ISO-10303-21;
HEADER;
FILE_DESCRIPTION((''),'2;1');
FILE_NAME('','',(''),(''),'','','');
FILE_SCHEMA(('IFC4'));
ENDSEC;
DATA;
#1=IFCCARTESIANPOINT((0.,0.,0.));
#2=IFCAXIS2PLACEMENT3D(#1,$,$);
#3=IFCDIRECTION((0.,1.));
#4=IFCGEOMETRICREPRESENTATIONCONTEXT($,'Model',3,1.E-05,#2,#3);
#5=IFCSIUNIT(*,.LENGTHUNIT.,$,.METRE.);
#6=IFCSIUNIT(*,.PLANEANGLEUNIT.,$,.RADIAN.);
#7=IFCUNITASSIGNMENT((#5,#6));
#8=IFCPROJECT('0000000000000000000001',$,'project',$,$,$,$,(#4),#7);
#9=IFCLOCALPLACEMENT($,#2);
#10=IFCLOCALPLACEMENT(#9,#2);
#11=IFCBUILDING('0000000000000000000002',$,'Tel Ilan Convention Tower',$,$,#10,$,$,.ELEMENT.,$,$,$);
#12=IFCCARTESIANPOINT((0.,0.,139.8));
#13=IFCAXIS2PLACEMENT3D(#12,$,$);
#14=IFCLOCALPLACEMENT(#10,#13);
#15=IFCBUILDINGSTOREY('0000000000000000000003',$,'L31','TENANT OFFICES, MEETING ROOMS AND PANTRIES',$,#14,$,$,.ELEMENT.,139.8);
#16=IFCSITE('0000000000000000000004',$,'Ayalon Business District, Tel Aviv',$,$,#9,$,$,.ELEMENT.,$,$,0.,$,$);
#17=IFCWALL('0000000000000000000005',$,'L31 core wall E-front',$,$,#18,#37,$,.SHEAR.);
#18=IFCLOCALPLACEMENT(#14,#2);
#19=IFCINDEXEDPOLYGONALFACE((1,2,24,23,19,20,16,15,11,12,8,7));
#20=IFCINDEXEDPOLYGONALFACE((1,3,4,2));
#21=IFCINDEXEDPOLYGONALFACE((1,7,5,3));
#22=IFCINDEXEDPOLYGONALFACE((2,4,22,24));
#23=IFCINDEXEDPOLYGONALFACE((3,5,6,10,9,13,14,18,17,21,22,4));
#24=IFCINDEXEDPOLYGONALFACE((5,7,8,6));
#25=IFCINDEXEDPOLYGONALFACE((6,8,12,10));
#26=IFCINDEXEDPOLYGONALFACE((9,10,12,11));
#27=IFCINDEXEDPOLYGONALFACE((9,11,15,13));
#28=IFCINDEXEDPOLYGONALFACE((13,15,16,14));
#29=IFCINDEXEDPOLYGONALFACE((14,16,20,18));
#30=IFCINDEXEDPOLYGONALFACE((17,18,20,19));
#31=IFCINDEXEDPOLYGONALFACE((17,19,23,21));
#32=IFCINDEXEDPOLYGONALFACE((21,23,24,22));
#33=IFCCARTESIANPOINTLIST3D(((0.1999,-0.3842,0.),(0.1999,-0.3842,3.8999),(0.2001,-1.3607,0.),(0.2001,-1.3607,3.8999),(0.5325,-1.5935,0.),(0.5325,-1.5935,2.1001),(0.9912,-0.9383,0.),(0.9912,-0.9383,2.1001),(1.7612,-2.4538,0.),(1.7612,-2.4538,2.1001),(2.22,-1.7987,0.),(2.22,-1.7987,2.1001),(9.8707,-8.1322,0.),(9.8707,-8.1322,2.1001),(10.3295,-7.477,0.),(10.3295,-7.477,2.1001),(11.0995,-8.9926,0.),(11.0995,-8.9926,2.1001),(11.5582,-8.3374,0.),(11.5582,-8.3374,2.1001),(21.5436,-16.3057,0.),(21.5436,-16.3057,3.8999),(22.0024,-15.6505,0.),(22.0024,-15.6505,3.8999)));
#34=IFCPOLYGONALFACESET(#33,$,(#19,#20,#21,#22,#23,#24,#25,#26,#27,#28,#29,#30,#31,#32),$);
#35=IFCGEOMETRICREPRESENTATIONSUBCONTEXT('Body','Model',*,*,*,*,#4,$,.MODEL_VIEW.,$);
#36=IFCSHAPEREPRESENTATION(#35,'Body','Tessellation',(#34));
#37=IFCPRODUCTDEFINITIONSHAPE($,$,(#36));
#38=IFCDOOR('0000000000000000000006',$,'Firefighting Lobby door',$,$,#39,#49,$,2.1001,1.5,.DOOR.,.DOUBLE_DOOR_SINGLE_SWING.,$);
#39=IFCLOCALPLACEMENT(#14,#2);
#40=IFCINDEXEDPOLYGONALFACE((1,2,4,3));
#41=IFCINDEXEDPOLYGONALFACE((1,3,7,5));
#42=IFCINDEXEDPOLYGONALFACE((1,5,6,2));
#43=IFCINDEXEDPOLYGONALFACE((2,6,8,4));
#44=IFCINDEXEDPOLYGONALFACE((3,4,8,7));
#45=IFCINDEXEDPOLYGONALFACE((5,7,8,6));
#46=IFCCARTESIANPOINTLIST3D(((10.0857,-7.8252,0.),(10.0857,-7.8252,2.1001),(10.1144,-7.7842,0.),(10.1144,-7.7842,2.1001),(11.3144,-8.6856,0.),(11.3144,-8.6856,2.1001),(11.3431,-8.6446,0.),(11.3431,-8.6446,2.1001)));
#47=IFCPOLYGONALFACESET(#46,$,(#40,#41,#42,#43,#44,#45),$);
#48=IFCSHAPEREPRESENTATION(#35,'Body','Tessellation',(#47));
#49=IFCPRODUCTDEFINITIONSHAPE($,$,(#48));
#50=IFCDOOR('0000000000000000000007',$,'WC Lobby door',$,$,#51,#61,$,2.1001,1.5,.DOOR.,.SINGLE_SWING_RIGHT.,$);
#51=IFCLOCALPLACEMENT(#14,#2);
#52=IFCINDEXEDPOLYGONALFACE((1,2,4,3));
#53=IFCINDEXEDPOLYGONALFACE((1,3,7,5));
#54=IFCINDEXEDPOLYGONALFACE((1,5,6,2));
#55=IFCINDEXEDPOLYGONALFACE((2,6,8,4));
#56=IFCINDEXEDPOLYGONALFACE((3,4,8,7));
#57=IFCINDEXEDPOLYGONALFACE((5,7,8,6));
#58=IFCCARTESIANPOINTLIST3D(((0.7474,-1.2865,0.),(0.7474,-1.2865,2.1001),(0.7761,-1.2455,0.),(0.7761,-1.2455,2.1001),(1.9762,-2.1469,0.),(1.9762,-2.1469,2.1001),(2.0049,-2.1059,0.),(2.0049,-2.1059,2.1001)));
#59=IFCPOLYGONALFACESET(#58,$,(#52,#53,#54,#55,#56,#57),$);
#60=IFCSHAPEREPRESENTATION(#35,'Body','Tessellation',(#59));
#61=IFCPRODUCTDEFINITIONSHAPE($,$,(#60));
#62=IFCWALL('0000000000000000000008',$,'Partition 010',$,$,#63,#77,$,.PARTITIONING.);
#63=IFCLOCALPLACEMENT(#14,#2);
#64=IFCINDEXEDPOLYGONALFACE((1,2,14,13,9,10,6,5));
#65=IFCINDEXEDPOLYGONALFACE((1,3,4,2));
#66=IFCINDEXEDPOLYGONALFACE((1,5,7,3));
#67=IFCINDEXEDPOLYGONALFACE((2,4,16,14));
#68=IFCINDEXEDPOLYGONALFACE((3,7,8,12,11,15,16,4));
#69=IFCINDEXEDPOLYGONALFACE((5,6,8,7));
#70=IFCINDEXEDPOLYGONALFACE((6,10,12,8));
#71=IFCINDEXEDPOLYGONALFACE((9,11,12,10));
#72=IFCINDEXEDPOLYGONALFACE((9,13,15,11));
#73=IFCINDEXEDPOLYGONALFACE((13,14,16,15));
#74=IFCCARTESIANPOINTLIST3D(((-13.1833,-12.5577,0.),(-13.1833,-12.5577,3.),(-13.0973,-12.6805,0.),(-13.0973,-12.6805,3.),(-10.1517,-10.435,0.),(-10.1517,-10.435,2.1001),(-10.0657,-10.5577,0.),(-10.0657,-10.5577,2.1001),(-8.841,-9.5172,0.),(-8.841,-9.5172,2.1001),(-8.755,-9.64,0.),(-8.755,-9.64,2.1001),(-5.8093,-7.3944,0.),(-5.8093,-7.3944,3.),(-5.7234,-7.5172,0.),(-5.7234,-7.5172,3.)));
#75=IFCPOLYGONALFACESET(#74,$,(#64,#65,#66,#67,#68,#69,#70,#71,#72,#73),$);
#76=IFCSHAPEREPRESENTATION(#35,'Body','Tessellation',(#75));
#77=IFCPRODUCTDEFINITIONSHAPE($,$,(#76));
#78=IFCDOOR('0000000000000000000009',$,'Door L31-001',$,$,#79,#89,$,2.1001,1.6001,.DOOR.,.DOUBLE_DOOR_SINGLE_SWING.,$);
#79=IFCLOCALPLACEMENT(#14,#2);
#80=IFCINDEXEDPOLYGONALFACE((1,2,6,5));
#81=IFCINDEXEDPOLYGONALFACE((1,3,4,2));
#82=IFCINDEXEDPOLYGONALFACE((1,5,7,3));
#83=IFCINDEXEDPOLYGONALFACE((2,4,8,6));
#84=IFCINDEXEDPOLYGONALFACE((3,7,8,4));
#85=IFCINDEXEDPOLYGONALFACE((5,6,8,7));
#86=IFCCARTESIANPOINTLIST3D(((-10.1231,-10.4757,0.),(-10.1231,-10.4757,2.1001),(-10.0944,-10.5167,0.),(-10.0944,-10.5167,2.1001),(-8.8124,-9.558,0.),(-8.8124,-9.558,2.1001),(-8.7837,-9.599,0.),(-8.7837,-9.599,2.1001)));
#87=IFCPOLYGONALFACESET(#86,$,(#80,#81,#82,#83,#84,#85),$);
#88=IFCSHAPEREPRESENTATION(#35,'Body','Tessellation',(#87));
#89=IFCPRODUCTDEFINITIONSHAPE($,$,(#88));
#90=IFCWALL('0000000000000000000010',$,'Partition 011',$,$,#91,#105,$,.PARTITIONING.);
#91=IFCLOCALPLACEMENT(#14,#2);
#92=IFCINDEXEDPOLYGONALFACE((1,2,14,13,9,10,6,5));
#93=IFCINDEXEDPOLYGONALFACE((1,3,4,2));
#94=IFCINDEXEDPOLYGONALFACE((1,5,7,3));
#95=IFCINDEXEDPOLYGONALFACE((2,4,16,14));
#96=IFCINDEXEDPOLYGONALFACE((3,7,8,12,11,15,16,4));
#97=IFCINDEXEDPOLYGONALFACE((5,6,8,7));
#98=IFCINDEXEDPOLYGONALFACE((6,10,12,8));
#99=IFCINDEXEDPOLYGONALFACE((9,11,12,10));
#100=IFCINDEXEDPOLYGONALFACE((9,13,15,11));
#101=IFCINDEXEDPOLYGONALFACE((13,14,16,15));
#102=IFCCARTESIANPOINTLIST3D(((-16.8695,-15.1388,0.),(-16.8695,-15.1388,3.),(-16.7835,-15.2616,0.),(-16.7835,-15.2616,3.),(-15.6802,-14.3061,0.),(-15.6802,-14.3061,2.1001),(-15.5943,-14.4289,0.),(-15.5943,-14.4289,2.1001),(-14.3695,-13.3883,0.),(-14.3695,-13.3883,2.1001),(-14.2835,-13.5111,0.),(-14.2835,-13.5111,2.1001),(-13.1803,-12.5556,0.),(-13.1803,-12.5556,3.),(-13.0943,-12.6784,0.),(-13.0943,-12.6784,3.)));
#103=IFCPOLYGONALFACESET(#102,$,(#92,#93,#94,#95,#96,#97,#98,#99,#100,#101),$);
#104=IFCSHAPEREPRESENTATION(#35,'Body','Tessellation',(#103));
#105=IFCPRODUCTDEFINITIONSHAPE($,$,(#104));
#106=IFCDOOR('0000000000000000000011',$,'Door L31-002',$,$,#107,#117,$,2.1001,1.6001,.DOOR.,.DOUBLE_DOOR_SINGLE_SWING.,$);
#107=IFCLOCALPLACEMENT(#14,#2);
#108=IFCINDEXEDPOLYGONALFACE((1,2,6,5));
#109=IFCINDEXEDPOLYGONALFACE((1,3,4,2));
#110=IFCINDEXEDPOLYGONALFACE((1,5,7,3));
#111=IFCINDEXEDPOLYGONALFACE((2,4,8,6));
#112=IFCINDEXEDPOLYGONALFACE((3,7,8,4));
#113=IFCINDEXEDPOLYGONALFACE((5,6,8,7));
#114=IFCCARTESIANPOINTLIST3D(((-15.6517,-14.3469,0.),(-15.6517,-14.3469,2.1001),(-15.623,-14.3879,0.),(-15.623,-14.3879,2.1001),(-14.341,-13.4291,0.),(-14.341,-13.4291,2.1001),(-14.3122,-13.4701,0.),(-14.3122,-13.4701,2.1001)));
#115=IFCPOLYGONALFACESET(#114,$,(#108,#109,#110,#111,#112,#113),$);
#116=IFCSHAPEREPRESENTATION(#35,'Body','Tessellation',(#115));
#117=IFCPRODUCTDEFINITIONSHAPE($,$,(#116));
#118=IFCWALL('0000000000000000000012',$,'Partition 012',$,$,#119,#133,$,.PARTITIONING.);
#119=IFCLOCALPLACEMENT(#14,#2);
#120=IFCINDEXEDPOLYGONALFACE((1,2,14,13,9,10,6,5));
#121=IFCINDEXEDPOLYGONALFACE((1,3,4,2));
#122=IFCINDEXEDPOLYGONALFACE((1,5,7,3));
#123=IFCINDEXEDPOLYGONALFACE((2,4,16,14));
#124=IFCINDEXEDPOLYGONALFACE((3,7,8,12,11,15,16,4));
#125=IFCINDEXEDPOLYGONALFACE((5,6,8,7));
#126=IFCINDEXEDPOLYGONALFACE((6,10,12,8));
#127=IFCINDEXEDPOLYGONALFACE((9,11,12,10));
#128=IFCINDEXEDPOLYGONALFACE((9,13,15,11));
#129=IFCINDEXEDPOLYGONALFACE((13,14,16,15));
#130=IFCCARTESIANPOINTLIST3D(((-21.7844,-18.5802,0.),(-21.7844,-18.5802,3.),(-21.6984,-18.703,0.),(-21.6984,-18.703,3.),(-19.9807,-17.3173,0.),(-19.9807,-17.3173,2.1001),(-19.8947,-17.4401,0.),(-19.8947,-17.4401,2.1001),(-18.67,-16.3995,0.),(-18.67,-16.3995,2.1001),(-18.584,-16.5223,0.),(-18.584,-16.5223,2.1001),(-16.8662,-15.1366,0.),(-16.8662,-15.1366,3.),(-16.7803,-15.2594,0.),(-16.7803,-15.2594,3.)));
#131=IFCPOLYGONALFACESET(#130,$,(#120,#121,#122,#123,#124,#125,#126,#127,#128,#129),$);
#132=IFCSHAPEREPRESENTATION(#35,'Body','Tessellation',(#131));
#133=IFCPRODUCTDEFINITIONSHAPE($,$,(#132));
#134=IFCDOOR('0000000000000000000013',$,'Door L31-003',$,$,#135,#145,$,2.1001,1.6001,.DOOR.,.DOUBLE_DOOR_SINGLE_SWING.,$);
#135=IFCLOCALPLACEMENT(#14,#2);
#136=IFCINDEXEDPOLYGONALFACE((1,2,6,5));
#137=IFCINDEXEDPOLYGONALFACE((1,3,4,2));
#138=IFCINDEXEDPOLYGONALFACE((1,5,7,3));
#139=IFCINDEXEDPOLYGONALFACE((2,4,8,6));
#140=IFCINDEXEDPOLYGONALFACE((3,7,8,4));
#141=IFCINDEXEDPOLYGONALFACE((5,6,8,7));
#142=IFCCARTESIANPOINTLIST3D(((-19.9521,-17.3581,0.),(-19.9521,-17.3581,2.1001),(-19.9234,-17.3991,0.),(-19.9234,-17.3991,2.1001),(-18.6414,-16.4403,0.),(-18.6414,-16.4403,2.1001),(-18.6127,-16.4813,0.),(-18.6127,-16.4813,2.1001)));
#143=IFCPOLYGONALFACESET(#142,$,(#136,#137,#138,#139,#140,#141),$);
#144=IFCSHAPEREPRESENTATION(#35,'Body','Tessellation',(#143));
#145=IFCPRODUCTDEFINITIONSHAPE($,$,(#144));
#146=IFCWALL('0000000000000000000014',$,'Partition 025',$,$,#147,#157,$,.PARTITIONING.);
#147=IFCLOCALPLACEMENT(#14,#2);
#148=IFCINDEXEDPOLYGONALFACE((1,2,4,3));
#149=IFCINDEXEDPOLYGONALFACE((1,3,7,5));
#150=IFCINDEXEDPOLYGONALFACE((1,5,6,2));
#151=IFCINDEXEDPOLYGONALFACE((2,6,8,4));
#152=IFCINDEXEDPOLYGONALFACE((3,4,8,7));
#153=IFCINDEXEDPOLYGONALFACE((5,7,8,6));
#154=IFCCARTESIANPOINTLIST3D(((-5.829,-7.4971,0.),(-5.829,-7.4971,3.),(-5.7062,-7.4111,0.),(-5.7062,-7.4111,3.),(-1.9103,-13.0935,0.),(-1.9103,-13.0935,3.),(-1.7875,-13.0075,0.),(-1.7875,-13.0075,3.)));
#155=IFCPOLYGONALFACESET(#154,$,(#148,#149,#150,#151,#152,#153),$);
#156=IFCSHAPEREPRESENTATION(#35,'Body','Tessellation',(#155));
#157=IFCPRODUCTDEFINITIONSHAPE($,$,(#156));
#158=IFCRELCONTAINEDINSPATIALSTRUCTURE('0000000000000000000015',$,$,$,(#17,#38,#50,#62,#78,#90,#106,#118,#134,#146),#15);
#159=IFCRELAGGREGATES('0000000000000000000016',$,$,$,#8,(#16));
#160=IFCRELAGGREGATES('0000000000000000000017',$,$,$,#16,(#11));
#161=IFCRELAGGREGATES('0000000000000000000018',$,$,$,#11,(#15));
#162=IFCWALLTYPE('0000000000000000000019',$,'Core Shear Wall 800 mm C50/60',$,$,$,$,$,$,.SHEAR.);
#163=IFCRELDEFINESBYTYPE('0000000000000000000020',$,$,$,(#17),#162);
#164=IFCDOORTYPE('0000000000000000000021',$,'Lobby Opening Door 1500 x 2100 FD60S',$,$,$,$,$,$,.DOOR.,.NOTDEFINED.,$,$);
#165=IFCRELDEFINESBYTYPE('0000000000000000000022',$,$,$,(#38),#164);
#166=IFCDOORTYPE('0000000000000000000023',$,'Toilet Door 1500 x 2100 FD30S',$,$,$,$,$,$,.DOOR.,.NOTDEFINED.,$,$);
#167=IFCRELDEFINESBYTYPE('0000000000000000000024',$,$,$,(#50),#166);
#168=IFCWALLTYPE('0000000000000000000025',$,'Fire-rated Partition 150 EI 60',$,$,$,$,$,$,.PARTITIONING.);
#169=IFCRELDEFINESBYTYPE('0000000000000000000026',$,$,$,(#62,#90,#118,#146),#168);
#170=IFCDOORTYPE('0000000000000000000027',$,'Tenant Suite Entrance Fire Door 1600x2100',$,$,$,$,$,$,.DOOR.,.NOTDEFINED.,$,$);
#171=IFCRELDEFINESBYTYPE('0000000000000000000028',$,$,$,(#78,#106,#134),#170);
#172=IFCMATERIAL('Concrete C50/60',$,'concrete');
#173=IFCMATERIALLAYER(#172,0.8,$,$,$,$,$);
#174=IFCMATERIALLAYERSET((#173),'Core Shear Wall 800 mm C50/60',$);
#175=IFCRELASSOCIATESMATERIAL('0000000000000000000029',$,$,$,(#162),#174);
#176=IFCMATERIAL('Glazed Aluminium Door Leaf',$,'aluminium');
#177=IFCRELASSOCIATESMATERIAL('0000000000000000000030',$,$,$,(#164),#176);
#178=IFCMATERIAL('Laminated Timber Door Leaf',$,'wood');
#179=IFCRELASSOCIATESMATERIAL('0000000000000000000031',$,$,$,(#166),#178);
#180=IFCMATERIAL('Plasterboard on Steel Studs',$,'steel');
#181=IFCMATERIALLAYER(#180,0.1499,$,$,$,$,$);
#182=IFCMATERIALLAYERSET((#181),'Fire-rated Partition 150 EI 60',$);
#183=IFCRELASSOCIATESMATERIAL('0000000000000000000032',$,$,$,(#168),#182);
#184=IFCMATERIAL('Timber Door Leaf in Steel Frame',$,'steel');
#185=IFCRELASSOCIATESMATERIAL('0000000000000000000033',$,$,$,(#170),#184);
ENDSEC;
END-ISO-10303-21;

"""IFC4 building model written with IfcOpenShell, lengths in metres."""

from ifc_helpers import new_model, si_unit, direction, frame, frame_2d, origin, place, context, subcontext, project, spatial, polyline, rectangle, outline, extrude, material, layer, layer_set, type_object, element, fill, save


model = new_model("IFC4")

# Units and contexts
model_context = context("Model", 3, precision=1e-05, world=origin(), true_north=direction((0.0, 1.0)))
body_context = subcontext(model_context, "Body", "Model", "MODEL_VIEW")
ifc_project = project(units=[si_unit("LENGTHUNIT", "METRE"), si_unit("PLANEANGLEUNIT", "RADIAN")], contexts=[model_context])

# Site, building, storey
site_placement = place(None, origin())
site = spatial("IfcSite", under=ifc_project, at=site_placement, Name="Ayalon Business District, Tel Aviv", CompositionType="ELEMENT", RefElevation=0.0)
building_placement = place(site_placement, origin())
building = spatial("IfcBuilding", under=site, at=building_placement, Name="Tel Ilan Convention Tower", CompositionType="ELEMENT")
storey_placement = place(building_placement, frame((0.0, 0.0, 139.8)))
storey = spatial("IfcBuildingStorey", under=building, at=storey_placement, Name="L31", Description="TENANT OFFICES, MEETING ROOMS AND PANTRIES", CompositionType="ELEMENT", Elevation=139.8)

# Wall, openings, doors
ifc_material_1 = material(Name="Concrete C50/60", Category="concrete")
ifc_layer_1 = layer(ifc_material_1, 0.8)
ifc_layer_set_1 = layer_set([ifc_layer_1], Name="Core Shear Wall 800 mm C50/60")
wall_type_1 = type_object("IfcWallType", Name="Core Shear Wall 800 mm C50/60", PredefinedType="SHEAR", material=ifc_layer_set_1)
wall_1_placement = place(storey_placement, frame((-0.0293, -0.7119, 0.0), z_axis=(0.0, 0.0, 1.0), x_axis=(0.819152, -0.573577, 0.0)))
wall_1 = element("IfcWall", 1, at=wall_1_placement, inside=storey, type_object=wall_type_1, Name="L31 core wall E-front", PredefinedType="SHEAR", context=body_context, shape_type="SweptSolid", body=[
    extrude(outline(polyline([(26.6157, 0.3999), (-0.0002, 0.3999), (0.5601, -0.3999), (26.6157, -0.3999), (26.6157, 0.3999)])), origin(), (0.0, 0.0, 1.0), 3.8999),
])
opening_1_placement = place(wall_1_placement, frame((0.9658, 0.0, 0.0)))
opening_1 = element("IfcOpeningElement", 2, at=opening_1_placement, cuts=wall_1, PredefinedType="OPENING", context=body_context, shape_type="SweptSolid", body=[
    extrude(rectangle(XDim=1.5, YDim=2.1001, at=frame_2d((0.75, 1.05))), frame((0.0, 0.4099, 0.0), z_axis=(0.0, -1.0, 0.0), x_axis=(1.0, 0.0, 0.0)), (0.0, 0.0, 1.0), 0.8201),
])
opening_2_placement = place(wall_1_placement, frame((12.3657, 0.0, 0.0)))
opening_2 = element("IfcOpeningElement", 3, at=opening_2_placement, cuts=wall_1, PredefinedType="OPENING", context=body_context, shape_type="SweptSolid", body=[
    extrude(rectangle(XDim=1.5, YDim=2.1001, at=frame_2d((0.75, 1.05))), frame((0.0, 0.4099, 0.0), z_axis=(0.0, -1.0, 0.0), x_axis=(1.0, 0.0, 0.0)), (0.0, 0.0, 1.0), 0.8201),
])
ifc_material_2 = material(Name="Glazed Aluminium Door Leaf", Category="aluminium")
door_type_1 = type_object("IfcDoorType", Name="Lobby Opening Door 1500 x 2100 FD60S", OperationType="NOTDEFINED", PredefinedType="DOOR", material=ifc_material_2)
door_1_placement = place(opening_2_placement, origin())
door_1 = element("IfcDoor", 4, at=door_1_placement, inside=storey, type_object=door_type_1, Name="Firefighting Lobby door", OperationType="DOUBLE_DOOR_SINGLE_SWING", OverallHeight=2.1001, OverallWidth=1.5, PredefinedType="DOOR", context=body_context, shape_type="SweptSolid", body=[
    extrude(rectangle(XDim=1.5, YDim=2.1001, at=frame_2d((0.75, 1.05))), frame((0.0, 0.0249, 0.0), z_axis=(0.0, -1.0, 0.0), x_axis=(1.0, 0.0, 0.0)), (0.0, 0.0, 1.0), 0.05),
])
fill(opening_2, door_1)
ifc_material_3 = material(Name="Laminated Timber Door Leaf", Category="wood")
door_type_2 = type_object("IfcDoorType", Name="Toilet Door 1500 x 2100 FD30S", OperationType="NOTDEFINED", PredefinedType="DOOR", material=ifc_material_3)
door_2_placement = place(opening_1_placement, origin())
door_2 = element("IfcDoor", 5, at=door_2_placement, inside=storey, type_object=door_type_2, Name="WC Lobby door", OperationType="SINGLE_SWING_RIGHT", OverallHeight=2.1001, OverallWidth=1.5, PredefinedType="DOOR", context=body_context, shape_type="SweptSolid", body=[
    extrude(rectangle(XDim=1.5, YDim=2.1001, at=frame_2d((0.75, 1.05))), frame((0.0, 0.0249, 0.0), z_axis=(0.0, -1.0, 0.0), x_axis=(1.0, 0.0, 0.0)), (0.0, 0.0, 1.0), 0.05),
])
fill(opening_1, door_2)

# Walls, openings, doors
ifc_material_4 = material(Name="Plasterboard on Steel Studs", Category="steel")
ifc_layer_2 = layer(ifc_material_4, 0.1499)
ifc_layer_set_2 = layer_set([ifc_layer_2], Name="Fire-rated Partition 150 EI 60")
wall_type_2 = type_object("IfcWallType", Name="Fire-rated Partition 150 EI 60", PredefinedType="PARTITIONING", material=ifc_layer_set_2)
wall_2_placement = place(storey_placement, frame((-5.7664, -7.4558, 0.0), z_axis=(0.0, 0.0, 1.0), x_axis=(-0.819153, -0.573575, 0.0)))
wall_2 = element("IfcWall", 6, at=wall_2_placement, inside=storey, type_object=wall_type_2, Name="Partition 010", PredefinedType="PARTITIONING", context=body_context, shape_type="SweptSolid", body=[
    extrude(rectangle(XDim=9.002, YDim=0.1499, at=frame_2d((4.501, 0.0))), origin(), (0.0, 0.0, 1.0), 3.0),
])
opening_3_placement = place(wall_2_placement, frame((3.7009, 0.0, 0.0)))
opening_3 = element("IfcOpeningElement", 7, at=opening_3_placement, cuts=wall_2, PredefinedType="OPENING", context=body_context, shape_type="SweptSolid", body=[
    extrude(rectangle(XDim=1.6001, YDim=2.1001, at=frame_2d((0.8, 1.05))), frame((0.0, 0.085, 0.0), z_axis=(0.0, -1.0, 0.0), x_axis=(1.0, 0.0, 0.0)), (0.0, 0.0, 1.0), 0.1699),
])
ifc_material_5 = material(Name="Timber Door Leaf in Steel Frame", Category="steel")
door_type_3 = type_object("IfcDoorType", Name="Tenant Suite Entrance Fire Door 1600x2100", OperationType="NOTDEFINED", PredefinedType="DOOR", material=ifc_material_5)
door_3_placement = place(opening_3_placement, origin())
door_3 = element("IfcDoor", 8, at=door_3_placement, inside=storey, type_object=door_type_3, Name="Door L31-001", OperationType="DOUBLE_DOOR_SINGLE_SWING", OverallHeight=2.1001, OverallWidth=1.6001, PredefinedType="DOOR", context=body_context, shape_type="SweptSolid", body=[
    extrude(rectangle(XDim=1.6001, YDim=2.1001, at=frame_2d((0.8, 1.05))), frame((0.0, 0.0249, 0.0), z_axis=(0.0, -1.0, 0.0), x_axis=(1.0, 0.0, 0.0)), (0.0, 0.0, 1.0), 0.05),
])
fill(opening_3, door_3)
wall_3_placement = place(storey_placement, frame((-13.1372, -12.6169, 0.0), z_axis=(0.0, 0.0, 1.0), x_axis=(-0.819148, -0.573582, 0.0)))
wall_3 = element("IfcWall", 9, at=wall_3_placement, inside=storey, type_object=wall_type_2, Name="Partition 011", PredefinedType="PARTITIONING", context=body_context, shape_type="SweptSolid", body=[
    extrude(rectangle(XDim=4.5037, YDim=0.1499, at=frame_2d((2.252, 0.0))), origin(), (0.0, 0.0, 1.0), 3.0),
])
opening_4_placement = place(wall_3_placement, frame((1.4519, 0.0, 0.0)))
opening_4 = element("IfcOpeningElement", 10, at=opening_4_placement, cuts=wall_3, PredefinedType="OPENING", context=body_context, shape_type="SweptSolid", body=[
    extrude(rectangle(XDim=1.6001, YDim=2.1001, at=frame_2d((0.8, 1.05))), frame((0.0, 0.085, 0.0), z_axis=(0.0, -1.0, 0.0), x_axis=(1.0, 0.0, 0.0)), (0.0, 0.0, 1.0), 0.1699),
])
door_4_placement = place(opening_4_placement, origin())
door_4 = element("IfcDoor", 11, at=door_4_placement, inside=storey, type_object=door_type_3, Name="Door L31-002", OperationType="DOUBLE_DOOR_SINGLE_SWING", OverallHeight=2.1001, OverallWidth=1.6001, PredefinedType="DOOR", context=body_context, shape_type="SweptSolid", body=[
    extrude(rectangle(XDim=1.6001, YDim=2.1001, at=frame_2d((0.8, 1.05))), frame((0.0, 0.0249, 0.0), z_axis=(0.0, -1.0, 0.0), x_axis=(1.0, 0.0, 0.0)), (0.0, 0.0, 1.0), 0.05),
])
fill(opening_4, door_4)
wall_4_placement = place(storey_placement, frame((-16.8232, -15.198, 0.0), z_axis=(0.0, 0.0, 1.0), x_axis=(-0.819165, -0.573558, 0.0)))
wall_4 = element("IfcWall", 12, at=wall_4_placement, inside=storey, type_object=wall_type_2, Name="Partition 012", PredefinedType="PARTITIONING", context=body_context, shape_type="SweptSolid", body=[
    extrude(rectangle(XDim=6.0039, YDim=0.1499, at=frame_2d((3.002, 0.0))), origin(), (0.0, 0.0, 1.0), 3.0),
])
opening_5_placement = place(wall_4_placement, frame((2.2019, 0.0, 0.0)))
opening_5 = element("IfcOpeningElement", 13, at=opening_5_placement, cuts=wall_4, PredefinedType="OPENING", context=body_context, shape_type="SweptSolid", body=[
    extrude(rectangle(XDim=1.6001, YDim=2.1001, at=frame_2d((0.8, 1.05))), frame((0.0, 0.085, 0.0), z_axis=(0.0, -1.0, 0.0), x_axis=(1.0, 0.0, 0.0)), (0.0, 0.0, 1.0), 0.1699),
])
door_5_placement = place(opening_5_placement, origin())
door_5 = element("IfcDoor", 14, at=door_5_placement, inside=storey, type_object=door_type_3, Name="Door L31-003", OperationType="DOUBLE_DOOR_SINGLE_SWING", OverallHeight=2.1001, OverallWidth=1.6001, PredefinedType="DOOR", context=body_context, shape_type="SweptSolid", body=[
    extrude(rectangle(XDim=1.6001, YDim=2.1001, at=frame_2d((0.8, 1.05))), frame((0.0, 0.0249, 0.0), z_axis=(0.0, -1.0, 0.0), x_axis=(1.0, 0.0, 0.0)), (0.0, 0.0, 1.0), 0.05),
])
fill(opening_5, door_5)

# Wall
wall_5_placement = place(storey_placement, frame((-1.8489, -13.0505, 0.0), z_axis=(0.0, 0.0, 1.0), x_axis=(-0.57358, 0.81915, 0.0)))
element("IfcWall", 15, at=wall_5_placement, inside=storey, type_object=wall_type_2, Name="Partition 025", PredefinedType="PARTITIONING", context=body_context, shape_type="SweptSolid", body=[
    extrude(rectangle(XDim=6.832, YDim=0.1499, at=frame_2d((3.416, 0.0))), origin(), (0.0, 0.0, 1.0), 3.0),
])

save(model, "model.ifc")
